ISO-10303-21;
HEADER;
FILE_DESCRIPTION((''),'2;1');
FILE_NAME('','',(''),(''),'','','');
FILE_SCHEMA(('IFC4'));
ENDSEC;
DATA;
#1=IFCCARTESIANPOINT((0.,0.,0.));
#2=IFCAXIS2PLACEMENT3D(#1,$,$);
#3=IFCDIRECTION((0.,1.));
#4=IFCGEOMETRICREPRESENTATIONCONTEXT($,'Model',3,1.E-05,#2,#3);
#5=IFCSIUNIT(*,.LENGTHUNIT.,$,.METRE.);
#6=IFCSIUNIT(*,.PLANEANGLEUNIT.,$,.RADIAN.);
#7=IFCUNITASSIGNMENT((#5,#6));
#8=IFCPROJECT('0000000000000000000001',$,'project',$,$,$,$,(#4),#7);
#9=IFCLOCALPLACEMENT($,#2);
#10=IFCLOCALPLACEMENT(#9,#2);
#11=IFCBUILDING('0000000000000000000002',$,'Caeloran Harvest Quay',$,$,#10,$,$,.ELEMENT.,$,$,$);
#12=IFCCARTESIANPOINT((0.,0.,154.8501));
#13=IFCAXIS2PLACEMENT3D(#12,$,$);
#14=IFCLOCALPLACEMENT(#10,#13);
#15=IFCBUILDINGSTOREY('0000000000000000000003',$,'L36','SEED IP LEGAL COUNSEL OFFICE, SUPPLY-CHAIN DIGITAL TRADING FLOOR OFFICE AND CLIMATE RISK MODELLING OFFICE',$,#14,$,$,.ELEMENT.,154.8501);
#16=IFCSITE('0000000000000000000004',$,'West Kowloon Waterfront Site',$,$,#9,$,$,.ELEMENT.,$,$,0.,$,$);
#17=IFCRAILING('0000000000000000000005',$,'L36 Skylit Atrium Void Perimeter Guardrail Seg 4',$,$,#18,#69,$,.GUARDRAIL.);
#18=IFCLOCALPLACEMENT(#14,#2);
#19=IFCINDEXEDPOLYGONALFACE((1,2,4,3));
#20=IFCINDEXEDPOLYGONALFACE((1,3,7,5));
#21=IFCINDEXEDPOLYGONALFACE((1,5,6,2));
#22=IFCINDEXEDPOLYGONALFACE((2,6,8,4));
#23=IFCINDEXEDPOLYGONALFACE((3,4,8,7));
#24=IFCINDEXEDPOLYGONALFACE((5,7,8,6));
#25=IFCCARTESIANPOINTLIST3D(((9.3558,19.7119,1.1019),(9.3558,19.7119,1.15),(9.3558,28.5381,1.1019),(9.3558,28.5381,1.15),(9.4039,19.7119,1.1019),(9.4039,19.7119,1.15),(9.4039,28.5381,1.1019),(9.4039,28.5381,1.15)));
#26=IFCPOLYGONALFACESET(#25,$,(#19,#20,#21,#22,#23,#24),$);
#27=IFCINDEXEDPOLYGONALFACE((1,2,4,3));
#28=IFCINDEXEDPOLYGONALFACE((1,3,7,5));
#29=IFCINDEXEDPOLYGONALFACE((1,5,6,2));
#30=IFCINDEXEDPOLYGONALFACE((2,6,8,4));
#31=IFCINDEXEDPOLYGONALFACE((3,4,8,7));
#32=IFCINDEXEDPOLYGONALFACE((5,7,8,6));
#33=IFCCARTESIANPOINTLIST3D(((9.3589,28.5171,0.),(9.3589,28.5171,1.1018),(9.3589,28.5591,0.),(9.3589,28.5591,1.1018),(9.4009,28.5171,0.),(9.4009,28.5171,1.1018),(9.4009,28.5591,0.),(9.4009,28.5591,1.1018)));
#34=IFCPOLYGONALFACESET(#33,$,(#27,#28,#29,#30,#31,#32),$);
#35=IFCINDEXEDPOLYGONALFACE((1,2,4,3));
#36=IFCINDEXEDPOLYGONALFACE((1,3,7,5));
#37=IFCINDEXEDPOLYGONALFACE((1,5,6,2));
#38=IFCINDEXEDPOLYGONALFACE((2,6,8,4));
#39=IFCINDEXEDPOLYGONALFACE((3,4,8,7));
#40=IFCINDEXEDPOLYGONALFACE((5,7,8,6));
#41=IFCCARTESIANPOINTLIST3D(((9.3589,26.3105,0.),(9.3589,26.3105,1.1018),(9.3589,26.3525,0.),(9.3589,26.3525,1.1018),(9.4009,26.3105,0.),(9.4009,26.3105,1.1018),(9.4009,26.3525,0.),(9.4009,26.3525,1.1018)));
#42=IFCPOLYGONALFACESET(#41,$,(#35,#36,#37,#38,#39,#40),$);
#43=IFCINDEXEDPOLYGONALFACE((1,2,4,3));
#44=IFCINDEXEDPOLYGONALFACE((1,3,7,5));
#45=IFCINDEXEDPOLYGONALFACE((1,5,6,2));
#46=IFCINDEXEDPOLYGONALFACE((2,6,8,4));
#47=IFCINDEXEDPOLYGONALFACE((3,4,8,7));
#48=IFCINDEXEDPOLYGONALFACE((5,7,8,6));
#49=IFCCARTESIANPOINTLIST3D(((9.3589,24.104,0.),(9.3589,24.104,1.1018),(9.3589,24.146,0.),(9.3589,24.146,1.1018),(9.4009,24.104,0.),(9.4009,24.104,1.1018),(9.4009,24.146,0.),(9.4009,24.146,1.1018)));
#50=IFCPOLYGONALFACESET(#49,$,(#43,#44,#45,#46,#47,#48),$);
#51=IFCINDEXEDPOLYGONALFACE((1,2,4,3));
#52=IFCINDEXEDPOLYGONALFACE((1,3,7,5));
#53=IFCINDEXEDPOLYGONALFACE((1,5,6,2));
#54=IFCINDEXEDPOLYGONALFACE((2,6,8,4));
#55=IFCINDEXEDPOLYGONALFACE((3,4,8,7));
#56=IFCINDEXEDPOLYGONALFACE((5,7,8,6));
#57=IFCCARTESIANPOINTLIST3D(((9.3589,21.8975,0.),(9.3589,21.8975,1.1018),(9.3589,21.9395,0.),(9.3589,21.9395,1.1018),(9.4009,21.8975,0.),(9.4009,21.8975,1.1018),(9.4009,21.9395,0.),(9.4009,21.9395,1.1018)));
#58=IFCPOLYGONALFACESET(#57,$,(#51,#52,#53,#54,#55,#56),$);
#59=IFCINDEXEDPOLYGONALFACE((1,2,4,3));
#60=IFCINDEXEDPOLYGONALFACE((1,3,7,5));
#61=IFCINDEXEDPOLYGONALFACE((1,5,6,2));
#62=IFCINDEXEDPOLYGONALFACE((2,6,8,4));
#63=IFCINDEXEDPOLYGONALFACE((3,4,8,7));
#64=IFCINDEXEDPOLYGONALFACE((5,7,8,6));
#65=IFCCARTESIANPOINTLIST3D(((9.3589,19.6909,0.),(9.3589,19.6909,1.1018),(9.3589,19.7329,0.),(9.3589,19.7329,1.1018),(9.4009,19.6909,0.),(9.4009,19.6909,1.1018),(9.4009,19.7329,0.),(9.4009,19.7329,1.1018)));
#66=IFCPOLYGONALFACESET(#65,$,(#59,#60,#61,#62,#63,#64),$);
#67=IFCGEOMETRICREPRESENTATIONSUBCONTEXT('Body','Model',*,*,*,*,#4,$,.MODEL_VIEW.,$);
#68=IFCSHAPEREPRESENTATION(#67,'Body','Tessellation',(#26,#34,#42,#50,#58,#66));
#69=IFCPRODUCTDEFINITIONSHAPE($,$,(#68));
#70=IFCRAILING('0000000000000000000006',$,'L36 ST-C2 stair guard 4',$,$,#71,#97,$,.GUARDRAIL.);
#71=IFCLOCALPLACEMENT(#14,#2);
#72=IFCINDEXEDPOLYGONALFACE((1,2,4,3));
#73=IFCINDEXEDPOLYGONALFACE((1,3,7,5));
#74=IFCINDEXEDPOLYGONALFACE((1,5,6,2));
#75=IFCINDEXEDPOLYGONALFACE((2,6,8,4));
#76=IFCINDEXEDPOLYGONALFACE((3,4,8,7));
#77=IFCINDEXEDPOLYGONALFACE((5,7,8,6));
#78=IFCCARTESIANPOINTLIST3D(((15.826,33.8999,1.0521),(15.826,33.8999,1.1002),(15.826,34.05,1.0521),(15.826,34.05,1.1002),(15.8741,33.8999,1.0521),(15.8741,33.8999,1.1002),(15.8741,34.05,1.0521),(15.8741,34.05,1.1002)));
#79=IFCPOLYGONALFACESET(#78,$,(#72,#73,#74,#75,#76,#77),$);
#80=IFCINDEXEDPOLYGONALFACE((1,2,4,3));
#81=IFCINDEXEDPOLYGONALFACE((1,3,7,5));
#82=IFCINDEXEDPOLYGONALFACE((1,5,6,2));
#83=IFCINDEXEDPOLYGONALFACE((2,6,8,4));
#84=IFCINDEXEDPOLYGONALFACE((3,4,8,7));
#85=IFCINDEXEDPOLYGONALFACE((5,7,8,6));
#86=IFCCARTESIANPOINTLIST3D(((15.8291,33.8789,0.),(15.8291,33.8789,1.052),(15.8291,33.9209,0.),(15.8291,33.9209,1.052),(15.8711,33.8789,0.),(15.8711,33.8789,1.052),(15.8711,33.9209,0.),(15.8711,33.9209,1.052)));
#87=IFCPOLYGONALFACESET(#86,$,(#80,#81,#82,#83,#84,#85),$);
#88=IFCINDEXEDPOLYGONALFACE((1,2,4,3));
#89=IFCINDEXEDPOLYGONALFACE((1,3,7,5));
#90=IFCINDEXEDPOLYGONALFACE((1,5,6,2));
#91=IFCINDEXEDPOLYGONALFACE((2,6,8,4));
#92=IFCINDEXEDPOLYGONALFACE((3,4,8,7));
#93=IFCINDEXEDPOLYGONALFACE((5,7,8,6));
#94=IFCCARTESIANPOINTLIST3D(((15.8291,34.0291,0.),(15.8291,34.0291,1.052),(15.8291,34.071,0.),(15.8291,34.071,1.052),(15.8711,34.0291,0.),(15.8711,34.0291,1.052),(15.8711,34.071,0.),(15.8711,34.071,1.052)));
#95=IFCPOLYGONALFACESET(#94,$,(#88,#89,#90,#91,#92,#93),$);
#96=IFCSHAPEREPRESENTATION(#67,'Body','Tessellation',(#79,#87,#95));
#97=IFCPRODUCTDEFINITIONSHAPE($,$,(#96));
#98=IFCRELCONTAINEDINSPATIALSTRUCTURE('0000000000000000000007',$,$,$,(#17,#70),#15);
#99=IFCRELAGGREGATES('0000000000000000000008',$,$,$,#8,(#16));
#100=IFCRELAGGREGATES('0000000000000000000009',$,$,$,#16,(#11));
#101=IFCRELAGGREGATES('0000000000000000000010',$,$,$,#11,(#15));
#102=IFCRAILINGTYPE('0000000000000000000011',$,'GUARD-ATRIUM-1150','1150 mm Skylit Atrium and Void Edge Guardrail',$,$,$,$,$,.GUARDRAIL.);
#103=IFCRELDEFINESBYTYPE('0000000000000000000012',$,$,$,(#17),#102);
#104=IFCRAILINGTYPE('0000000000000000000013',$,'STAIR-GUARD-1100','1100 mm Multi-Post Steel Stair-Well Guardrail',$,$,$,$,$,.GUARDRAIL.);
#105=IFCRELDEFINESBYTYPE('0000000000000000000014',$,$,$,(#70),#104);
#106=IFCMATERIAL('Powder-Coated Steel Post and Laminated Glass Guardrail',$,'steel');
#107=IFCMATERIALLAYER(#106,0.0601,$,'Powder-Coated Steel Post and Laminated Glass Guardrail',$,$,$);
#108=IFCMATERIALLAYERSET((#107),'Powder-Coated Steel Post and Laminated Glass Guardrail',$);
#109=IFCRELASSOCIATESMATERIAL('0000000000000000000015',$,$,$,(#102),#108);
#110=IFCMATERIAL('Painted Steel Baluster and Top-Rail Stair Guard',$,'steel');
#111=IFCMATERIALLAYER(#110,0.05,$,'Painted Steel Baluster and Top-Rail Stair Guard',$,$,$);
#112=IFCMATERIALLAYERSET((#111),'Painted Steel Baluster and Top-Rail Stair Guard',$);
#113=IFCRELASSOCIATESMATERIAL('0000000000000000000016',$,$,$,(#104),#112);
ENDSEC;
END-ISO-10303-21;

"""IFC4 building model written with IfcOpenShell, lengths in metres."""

from ifc_helpers import new_model, si_unit, direction, frame, origin, origin_2d, place, context, subcontext, project, spatial, rectangle, extrude, material, layer, layer_set, type_object, element, save


model = new_model("IFC4")

# Units and contexts
model_context = context("Model", 3, precision=1e-05, world=origin(), true_north=direction((0.0, 1.0)))
body_context = subcontext(model_context, "Body", "Model", "MODEL_VIEW")
ifc_project = project(units=[si_unit("LENGTHUNIT", "METRE"), si_unit("PLANEANGLEUNIT", "RADIAN")], contexts=[model_context])

# Site, building, storey
site_placement = place(None, origin())
site = spatial("IfcSite", under=ifc_project, at=site_placement, Name="West Kowloon Waterfront Site", CompositionType="ELEMENT", RefElevation=0.0)
building_placement = place(site_placement, origin())
building = spatial("IfcBuilding", under=site, at=building_placement, Name="Caeloran Harvest Quay", CompositionType="ELEMENT")
storey_placement = place(building_placement, frame((0.0, 0.0, 154.8501)))
storey = spatial("IfcBuildingStorey", under=building, at=storey_placement, Name="L36", Description="SEED IP LEGAL COUNSEL OFFICE, SUPPLY-CHAIN DIGITAL TRADING FLOOR OFFICE AND CLIMATE RISK MODELLING OFFICE", CompositionType="ELEMENT", Elevation=154.8501)

# Railings
ifc_material_1 = material(Name="Powder-Coated Steel Post and Laminated Glass Guardrail", Category="steel")
ifc_layer_1 = layer(ifc_material_1, 0.0601, Name="Powder-Coated Steel Post and Laminated Glass Guardrail")
ifc_layer_set_1 = layer_set([ifc_layer_1], Name="Powder-Coated Steel Post and Laminated Glass Guardrail")
railing_type_1 = type_object("IfcRailingType", Name="GUARD-ATRIUM-1150", Description="1150 mm Skylit Atrium and Void Edge Guardrail", PredefinedType="GUARDRAIL", material=ifc_layer_set_1)
railing_1_placement = place(storey_placement, frame((9.3799, 28.5381, 0.0)))
element("IfcRailing", 1, at=railing_1_placement, inside=storey, type_object=railing_type_1, Name="L36 Skylit Atrium Void Perimeter Guardrail Seg 4", PredefinedType="GUARDRAIL", context=body_context, shape_type="SweptSolid", body=[
    extrude(rectangle(XDim=0.0481, YDim=0.0481, at=origin_2d()), frame((0.0, 0.0, 1.126), z_axis=(0.0, -1.0, 0.0), x_axis=(1.0, 0.0, 0.0)), (0.0, 0.0, 1.0), 8.8262),
    extrude(rectangle(XDim=0.042, YDim=0.042, at=origin_2d()), origin(), (0.0, 0.0, 1.0), 1.1018),
    extrude(rectangle(XDim=0.042, YDim=0.042, at=origin_2d()), frame((0.0, -2.2065, 0.0)), (0.0, 0.0, 1.0), 1.1018),
    extrude(rectangle(XDim=0.042, YDim=0.042, at=origin_2d()), frame((0.0, -4.4131, 0.0)), (0.0, 0.0, 1.0), 1.1018),
    extrude(rectangle(XDim=0.042, YDim=0.042, at=origin_2d()), frame((0.0, -6.6196, 0.0)), (0.0, 0.0, 1.0), 1.1018),
    extrude(rectangle(XDim=0.042, YDim=0.042, at=origin_2d()), frame((0.0, -8.8262, 0.0)), (0.0, 0.0, 1.0), 1.1018),
])
ifc_material_2 = material(Name="Painted Steel Baluster and Top-Rail Stair Guard", Category="steel")
ifc_layer_2 = layer(ifc_material_2, 0.05, Name="Painted Steel Baluster and Top-Rail Stair Guard")
ifc_layer_set_2 = layer_set([ifc_layer_2], Name="Painted Steel Baluster and Top-Rail Stair Guard")
railing_type_2 = type_object("IfcRailingType", Name="STAIR-GUARD-1100", Description="1100 mm Multi-Post Steel Stair-Well Guardrail", PredefinedType="GUARDRAIL", material=ifc_layer_set_2)
railing_2_placement = place(storey_placement, frame((15.8501, 33.8999, 0.0)))
element("IfcRailing", 2, at=railing_2_placement, inside=storey, type_object=railing_type_2, Name="L36 ST-C2 stair guard 4", PredefinedType="GUARDRAIL", context=body_context, shape_type="SweptSolid", body=[
    extrude(rectangle(XDim=0.0481, YDim=0.0481, at=origin_2d()), frame((0.0, 0.0, 1.0762), z_axis=(0.0, 1.0, 0.0), x_axis=(-1.0, 0.0, 0.0)), (0.0, 0.0, 1.0), 0.1501),
    extrude(rectangle(XDim=0.042, YDim=0.042, at=origin_2d()), origin(), (0.0, 0.0, 1.0), 1.052),
    extrude(rectangle(XDim=0.042, YDim=0.042, at=origin_2d()), frame((0.0, 0.1501, 0.0)), (0.0, 0.0, 1.0), 1.052),
])

save(model, "model.ifc")
